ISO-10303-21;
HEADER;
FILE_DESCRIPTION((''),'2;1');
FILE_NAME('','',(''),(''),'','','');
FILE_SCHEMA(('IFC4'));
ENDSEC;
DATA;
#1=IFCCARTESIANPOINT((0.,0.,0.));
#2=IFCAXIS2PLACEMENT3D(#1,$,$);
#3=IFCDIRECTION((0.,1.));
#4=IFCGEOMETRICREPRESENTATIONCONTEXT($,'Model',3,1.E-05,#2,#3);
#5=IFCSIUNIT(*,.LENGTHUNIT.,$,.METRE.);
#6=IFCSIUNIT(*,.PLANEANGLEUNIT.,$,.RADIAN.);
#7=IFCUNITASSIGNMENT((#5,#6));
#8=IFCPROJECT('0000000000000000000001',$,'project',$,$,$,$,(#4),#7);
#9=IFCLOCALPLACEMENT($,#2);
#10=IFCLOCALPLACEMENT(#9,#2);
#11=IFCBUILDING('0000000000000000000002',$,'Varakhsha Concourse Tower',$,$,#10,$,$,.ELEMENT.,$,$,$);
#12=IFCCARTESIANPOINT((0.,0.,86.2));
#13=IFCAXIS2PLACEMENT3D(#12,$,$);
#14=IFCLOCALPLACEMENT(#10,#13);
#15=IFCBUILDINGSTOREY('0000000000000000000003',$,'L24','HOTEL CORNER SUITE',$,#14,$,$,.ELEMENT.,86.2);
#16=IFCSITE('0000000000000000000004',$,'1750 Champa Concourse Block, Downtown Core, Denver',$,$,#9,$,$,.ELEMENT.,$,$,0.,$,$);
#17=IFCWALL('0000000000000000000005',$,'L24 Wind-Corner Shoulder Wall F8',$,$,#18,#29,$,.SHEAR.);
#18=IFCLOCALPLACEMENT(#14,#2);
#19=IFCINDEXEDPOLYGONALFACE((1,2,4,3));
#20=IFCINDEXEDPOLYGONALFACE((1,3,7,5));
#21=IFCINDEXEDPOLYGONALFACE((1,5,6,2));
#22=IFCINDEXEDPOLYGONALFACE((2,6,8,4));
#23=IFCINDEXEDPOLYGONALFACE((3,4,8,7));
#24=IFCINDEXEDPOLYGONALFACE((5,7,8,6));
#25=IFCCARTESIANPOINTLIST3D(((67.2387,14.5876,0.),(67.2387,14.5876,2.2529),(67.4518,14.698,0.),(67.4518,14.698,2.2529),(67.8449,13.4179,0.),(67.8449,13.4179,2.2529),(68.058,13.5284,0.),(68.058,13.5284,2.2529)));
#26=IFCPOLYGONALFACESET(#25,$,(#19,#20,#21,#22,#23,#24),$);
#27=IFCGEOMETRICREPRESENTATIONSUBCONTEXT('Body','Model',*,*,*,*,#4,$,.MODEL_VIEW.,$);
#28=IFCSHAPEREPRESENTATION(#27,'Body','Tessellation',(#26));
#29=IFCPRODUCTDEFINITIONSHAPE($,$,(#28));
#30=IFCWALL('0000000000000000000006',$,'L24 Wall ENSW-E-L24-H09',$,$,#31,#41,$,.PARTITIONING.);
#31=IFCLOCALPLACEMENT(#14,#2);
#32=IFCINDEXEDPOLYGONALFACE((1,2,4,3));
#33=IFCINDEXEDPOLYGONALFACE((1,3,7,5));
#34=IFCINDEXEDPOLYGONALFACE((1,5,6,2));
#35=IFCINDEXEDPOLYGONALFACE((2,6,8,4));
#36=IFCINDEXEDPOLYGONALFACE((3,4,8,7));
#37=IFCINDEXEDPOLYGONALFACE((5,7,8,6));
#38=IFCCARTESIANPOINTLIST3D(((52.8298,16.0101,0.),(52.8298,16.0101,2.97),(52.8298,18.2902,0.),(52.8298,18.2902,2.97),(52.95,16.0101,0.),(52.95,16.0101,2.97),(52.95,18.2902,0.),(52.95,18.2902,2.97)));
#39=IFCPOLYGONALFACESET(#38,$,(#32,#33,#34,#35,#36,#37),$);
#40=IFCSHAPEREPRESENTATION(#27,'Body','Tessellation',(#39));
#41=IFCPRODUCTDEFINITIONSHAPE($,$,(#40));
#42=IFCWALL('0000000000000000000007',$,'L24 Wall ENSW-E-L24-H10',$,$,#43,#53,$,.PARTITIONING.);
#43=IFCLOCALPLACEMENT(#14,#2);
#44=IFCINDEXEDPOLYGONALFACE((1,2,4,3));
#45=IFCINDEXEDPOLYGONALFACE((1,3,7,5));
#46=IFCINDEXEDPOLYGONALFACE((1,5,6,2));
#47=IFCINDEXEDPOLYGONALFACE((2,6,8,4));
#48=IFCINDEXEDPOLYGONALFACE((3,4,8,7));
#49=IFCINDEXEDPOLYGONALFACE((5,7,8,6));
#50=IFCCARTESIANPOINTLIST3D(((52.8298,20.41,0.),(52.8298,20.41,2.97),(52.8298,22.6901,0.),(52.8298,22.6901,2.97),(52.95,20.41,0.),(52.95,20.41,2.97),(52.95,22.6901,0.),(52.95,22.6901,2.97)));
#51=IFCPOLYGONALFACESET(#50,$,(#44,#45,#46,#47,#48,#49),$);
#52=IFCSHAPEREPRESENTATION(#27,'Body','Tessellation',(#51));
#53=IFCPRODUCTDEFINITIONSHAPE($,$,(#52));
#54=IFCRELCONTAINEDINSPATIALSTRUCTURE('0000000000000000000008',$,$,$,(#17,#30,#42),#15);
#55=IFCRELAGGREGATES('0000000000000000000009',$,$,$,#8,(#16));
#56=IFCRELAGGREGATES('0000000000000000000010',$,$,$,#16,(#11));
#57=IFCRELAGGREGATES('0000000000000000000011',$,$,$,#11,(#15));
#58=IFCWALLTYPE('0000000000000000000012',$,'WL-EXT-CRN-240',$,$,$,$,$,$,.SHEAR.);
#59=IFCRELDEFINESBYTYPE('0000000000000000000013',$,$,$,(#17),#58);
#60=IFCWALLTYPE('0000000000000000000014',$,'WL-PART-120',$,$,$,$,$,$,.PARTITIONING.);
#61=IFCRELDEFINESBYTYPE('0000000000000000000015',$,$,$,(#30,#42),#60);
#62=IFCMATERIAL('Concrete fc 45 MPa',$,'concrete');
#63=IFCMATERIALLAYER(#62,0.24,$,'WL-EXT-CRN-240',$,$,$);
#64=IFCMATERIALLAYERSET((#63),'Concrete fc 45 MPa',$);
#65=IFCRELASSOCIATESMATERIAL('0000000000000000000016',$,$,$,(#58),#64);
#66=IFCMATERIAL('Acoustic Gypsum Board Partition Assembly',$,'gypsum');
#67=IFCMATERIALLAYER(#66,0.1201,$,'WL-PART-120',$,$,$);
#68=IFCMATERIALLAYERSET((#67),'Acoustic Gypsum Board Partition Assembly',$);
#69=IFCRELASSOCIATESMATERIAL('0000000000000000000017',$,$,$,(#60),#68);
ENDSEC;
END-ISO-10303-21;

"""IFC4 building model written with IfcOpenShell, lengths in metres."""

from ifc_helpers import new_model, si_unit, direction, frame, frame_2d, origin, place, context, subcontext, project, spatial, rectangle, extrude, material, layer, layer_set, type_object, element, save


model = new_model("IFC4")

# Units and contexts
model_context = context("Model", 3, precision=1e-05, world=origin(), true_north=direction((0.0, 1.0)))
body_context = subcontext(model_context, "Body", "Model", "MODEL_VIEW")
ifc_project = project(units=[si_unit("LENGTHUNIT", "METRE"), si_unit("PLANEANGLEUNIT", "RADIAN")], contexts=[model_context])

# Site, building, storey
site_placement = place(None, origin())
site = spatial("IfcSite", under=ifc_project, at=site_placement, Name="1750 Champa Concourse Block, Downtown Core, Denver", CompositionType="ELEMENT", RefElevation=0.0)
building_placement = place(site_placement, origin())
building = spatial("IfcBuilding", under=site, at=building_placement, Name="Varakhsha Concourse Tower", CompositionType="ELEMENT")
storey_placement = place(building_placement, frame((0.0, 0.0, 86.2)))
storey = spatial("IfcBuildingStorey", under=building, at=storey_placement, Name="L24", Description="HOTEL CORNER SUITE", CompositionType="ELEMENT", Elevation=86.2)

# Walls
ifc_material_1 = material(Name="Concrete fc 45 MPa", Category="concrete")
ifc_layer_1 = layer(ifc_material_1, 0.24, Name="WL-EXT-CRN-240")
ifc_layer_set_1 = layer_set([ifc_layer_1], Name="Concrete fc 45 MPa")
wall_type_1 = type_object("IfcWallType", Name="WL-EXT-CRN-240", PredefinedType="SHEAR", material=ifc_layer_set_1)
wall_placement = place(storey_placement, frame((67.9514, 13.4731, 0.0), z_axis=(0.0, 0.0, 1.0), x_axis=(-0.460139, 0.887847, 0.0)))
element("IfcWall", 1, at=wall_placement, inside=storey, type_object=wall_type_1, Name="L24 Wind-Corner Shoulder Wall F8", PredefinedType="SHEAR", context=body_context, shape_type="SweptSolid", body=[
    extrude(rectangle(XDim=1.3174, YDim=0.24, at=frame_2d((0.6587, 0.0))), origin(), (0.0, 0.0, 1.0), 2.2529),
])
ifc_material_2 = material(Name="Acoustic Gypsum Board Partition Assembly", Category="gypsum")
ifc_layer_2 = layer(ifc_material_2, 0.1201, Name="WL-PART-120")
ifc_layer_set_2 = layer_set([ifc_layer_2], Name="Acoustic Gypsum Board Partition Assembly")
wall_type_2 = type_object("IfcWallType", Name="WL-PART-120", PredefinedType="PARTITIONING", material=ifc_layer_set_2)
for number, where, z_axis, x_axis, name in (
    (2, (52.8899, 16.01, 0.0), (0.0, 0.0, 1.0), (0.0, 1.0, 0.0), "L24 Wall ENSW-E-L24-H09"),
    (3, (52.8899, 20.4099, 0.0), (0.0, 0.0, 1.0), (0.0, 1.0, 0.0), "L24 Wall ENSW-E-L24-H10"),
):
    element("IfcWall", number, at=place(storey_placement, frame(where, z_axis=z_axis, x_axis=x_axis)), inside=storey, type_object=wall_type_2, Name=name, PredefinedType="PARTITIONING", context=body_context, shape_type="SweptSolid", body=[
        extrude(rectangle(XDim=2.28, YDim=0.1201, at=frame_2d((1.1401, 0.0))), origin(), (0.0, 0.0, 1.0), 2.97),
    ])

save(model, "model.ifc")
